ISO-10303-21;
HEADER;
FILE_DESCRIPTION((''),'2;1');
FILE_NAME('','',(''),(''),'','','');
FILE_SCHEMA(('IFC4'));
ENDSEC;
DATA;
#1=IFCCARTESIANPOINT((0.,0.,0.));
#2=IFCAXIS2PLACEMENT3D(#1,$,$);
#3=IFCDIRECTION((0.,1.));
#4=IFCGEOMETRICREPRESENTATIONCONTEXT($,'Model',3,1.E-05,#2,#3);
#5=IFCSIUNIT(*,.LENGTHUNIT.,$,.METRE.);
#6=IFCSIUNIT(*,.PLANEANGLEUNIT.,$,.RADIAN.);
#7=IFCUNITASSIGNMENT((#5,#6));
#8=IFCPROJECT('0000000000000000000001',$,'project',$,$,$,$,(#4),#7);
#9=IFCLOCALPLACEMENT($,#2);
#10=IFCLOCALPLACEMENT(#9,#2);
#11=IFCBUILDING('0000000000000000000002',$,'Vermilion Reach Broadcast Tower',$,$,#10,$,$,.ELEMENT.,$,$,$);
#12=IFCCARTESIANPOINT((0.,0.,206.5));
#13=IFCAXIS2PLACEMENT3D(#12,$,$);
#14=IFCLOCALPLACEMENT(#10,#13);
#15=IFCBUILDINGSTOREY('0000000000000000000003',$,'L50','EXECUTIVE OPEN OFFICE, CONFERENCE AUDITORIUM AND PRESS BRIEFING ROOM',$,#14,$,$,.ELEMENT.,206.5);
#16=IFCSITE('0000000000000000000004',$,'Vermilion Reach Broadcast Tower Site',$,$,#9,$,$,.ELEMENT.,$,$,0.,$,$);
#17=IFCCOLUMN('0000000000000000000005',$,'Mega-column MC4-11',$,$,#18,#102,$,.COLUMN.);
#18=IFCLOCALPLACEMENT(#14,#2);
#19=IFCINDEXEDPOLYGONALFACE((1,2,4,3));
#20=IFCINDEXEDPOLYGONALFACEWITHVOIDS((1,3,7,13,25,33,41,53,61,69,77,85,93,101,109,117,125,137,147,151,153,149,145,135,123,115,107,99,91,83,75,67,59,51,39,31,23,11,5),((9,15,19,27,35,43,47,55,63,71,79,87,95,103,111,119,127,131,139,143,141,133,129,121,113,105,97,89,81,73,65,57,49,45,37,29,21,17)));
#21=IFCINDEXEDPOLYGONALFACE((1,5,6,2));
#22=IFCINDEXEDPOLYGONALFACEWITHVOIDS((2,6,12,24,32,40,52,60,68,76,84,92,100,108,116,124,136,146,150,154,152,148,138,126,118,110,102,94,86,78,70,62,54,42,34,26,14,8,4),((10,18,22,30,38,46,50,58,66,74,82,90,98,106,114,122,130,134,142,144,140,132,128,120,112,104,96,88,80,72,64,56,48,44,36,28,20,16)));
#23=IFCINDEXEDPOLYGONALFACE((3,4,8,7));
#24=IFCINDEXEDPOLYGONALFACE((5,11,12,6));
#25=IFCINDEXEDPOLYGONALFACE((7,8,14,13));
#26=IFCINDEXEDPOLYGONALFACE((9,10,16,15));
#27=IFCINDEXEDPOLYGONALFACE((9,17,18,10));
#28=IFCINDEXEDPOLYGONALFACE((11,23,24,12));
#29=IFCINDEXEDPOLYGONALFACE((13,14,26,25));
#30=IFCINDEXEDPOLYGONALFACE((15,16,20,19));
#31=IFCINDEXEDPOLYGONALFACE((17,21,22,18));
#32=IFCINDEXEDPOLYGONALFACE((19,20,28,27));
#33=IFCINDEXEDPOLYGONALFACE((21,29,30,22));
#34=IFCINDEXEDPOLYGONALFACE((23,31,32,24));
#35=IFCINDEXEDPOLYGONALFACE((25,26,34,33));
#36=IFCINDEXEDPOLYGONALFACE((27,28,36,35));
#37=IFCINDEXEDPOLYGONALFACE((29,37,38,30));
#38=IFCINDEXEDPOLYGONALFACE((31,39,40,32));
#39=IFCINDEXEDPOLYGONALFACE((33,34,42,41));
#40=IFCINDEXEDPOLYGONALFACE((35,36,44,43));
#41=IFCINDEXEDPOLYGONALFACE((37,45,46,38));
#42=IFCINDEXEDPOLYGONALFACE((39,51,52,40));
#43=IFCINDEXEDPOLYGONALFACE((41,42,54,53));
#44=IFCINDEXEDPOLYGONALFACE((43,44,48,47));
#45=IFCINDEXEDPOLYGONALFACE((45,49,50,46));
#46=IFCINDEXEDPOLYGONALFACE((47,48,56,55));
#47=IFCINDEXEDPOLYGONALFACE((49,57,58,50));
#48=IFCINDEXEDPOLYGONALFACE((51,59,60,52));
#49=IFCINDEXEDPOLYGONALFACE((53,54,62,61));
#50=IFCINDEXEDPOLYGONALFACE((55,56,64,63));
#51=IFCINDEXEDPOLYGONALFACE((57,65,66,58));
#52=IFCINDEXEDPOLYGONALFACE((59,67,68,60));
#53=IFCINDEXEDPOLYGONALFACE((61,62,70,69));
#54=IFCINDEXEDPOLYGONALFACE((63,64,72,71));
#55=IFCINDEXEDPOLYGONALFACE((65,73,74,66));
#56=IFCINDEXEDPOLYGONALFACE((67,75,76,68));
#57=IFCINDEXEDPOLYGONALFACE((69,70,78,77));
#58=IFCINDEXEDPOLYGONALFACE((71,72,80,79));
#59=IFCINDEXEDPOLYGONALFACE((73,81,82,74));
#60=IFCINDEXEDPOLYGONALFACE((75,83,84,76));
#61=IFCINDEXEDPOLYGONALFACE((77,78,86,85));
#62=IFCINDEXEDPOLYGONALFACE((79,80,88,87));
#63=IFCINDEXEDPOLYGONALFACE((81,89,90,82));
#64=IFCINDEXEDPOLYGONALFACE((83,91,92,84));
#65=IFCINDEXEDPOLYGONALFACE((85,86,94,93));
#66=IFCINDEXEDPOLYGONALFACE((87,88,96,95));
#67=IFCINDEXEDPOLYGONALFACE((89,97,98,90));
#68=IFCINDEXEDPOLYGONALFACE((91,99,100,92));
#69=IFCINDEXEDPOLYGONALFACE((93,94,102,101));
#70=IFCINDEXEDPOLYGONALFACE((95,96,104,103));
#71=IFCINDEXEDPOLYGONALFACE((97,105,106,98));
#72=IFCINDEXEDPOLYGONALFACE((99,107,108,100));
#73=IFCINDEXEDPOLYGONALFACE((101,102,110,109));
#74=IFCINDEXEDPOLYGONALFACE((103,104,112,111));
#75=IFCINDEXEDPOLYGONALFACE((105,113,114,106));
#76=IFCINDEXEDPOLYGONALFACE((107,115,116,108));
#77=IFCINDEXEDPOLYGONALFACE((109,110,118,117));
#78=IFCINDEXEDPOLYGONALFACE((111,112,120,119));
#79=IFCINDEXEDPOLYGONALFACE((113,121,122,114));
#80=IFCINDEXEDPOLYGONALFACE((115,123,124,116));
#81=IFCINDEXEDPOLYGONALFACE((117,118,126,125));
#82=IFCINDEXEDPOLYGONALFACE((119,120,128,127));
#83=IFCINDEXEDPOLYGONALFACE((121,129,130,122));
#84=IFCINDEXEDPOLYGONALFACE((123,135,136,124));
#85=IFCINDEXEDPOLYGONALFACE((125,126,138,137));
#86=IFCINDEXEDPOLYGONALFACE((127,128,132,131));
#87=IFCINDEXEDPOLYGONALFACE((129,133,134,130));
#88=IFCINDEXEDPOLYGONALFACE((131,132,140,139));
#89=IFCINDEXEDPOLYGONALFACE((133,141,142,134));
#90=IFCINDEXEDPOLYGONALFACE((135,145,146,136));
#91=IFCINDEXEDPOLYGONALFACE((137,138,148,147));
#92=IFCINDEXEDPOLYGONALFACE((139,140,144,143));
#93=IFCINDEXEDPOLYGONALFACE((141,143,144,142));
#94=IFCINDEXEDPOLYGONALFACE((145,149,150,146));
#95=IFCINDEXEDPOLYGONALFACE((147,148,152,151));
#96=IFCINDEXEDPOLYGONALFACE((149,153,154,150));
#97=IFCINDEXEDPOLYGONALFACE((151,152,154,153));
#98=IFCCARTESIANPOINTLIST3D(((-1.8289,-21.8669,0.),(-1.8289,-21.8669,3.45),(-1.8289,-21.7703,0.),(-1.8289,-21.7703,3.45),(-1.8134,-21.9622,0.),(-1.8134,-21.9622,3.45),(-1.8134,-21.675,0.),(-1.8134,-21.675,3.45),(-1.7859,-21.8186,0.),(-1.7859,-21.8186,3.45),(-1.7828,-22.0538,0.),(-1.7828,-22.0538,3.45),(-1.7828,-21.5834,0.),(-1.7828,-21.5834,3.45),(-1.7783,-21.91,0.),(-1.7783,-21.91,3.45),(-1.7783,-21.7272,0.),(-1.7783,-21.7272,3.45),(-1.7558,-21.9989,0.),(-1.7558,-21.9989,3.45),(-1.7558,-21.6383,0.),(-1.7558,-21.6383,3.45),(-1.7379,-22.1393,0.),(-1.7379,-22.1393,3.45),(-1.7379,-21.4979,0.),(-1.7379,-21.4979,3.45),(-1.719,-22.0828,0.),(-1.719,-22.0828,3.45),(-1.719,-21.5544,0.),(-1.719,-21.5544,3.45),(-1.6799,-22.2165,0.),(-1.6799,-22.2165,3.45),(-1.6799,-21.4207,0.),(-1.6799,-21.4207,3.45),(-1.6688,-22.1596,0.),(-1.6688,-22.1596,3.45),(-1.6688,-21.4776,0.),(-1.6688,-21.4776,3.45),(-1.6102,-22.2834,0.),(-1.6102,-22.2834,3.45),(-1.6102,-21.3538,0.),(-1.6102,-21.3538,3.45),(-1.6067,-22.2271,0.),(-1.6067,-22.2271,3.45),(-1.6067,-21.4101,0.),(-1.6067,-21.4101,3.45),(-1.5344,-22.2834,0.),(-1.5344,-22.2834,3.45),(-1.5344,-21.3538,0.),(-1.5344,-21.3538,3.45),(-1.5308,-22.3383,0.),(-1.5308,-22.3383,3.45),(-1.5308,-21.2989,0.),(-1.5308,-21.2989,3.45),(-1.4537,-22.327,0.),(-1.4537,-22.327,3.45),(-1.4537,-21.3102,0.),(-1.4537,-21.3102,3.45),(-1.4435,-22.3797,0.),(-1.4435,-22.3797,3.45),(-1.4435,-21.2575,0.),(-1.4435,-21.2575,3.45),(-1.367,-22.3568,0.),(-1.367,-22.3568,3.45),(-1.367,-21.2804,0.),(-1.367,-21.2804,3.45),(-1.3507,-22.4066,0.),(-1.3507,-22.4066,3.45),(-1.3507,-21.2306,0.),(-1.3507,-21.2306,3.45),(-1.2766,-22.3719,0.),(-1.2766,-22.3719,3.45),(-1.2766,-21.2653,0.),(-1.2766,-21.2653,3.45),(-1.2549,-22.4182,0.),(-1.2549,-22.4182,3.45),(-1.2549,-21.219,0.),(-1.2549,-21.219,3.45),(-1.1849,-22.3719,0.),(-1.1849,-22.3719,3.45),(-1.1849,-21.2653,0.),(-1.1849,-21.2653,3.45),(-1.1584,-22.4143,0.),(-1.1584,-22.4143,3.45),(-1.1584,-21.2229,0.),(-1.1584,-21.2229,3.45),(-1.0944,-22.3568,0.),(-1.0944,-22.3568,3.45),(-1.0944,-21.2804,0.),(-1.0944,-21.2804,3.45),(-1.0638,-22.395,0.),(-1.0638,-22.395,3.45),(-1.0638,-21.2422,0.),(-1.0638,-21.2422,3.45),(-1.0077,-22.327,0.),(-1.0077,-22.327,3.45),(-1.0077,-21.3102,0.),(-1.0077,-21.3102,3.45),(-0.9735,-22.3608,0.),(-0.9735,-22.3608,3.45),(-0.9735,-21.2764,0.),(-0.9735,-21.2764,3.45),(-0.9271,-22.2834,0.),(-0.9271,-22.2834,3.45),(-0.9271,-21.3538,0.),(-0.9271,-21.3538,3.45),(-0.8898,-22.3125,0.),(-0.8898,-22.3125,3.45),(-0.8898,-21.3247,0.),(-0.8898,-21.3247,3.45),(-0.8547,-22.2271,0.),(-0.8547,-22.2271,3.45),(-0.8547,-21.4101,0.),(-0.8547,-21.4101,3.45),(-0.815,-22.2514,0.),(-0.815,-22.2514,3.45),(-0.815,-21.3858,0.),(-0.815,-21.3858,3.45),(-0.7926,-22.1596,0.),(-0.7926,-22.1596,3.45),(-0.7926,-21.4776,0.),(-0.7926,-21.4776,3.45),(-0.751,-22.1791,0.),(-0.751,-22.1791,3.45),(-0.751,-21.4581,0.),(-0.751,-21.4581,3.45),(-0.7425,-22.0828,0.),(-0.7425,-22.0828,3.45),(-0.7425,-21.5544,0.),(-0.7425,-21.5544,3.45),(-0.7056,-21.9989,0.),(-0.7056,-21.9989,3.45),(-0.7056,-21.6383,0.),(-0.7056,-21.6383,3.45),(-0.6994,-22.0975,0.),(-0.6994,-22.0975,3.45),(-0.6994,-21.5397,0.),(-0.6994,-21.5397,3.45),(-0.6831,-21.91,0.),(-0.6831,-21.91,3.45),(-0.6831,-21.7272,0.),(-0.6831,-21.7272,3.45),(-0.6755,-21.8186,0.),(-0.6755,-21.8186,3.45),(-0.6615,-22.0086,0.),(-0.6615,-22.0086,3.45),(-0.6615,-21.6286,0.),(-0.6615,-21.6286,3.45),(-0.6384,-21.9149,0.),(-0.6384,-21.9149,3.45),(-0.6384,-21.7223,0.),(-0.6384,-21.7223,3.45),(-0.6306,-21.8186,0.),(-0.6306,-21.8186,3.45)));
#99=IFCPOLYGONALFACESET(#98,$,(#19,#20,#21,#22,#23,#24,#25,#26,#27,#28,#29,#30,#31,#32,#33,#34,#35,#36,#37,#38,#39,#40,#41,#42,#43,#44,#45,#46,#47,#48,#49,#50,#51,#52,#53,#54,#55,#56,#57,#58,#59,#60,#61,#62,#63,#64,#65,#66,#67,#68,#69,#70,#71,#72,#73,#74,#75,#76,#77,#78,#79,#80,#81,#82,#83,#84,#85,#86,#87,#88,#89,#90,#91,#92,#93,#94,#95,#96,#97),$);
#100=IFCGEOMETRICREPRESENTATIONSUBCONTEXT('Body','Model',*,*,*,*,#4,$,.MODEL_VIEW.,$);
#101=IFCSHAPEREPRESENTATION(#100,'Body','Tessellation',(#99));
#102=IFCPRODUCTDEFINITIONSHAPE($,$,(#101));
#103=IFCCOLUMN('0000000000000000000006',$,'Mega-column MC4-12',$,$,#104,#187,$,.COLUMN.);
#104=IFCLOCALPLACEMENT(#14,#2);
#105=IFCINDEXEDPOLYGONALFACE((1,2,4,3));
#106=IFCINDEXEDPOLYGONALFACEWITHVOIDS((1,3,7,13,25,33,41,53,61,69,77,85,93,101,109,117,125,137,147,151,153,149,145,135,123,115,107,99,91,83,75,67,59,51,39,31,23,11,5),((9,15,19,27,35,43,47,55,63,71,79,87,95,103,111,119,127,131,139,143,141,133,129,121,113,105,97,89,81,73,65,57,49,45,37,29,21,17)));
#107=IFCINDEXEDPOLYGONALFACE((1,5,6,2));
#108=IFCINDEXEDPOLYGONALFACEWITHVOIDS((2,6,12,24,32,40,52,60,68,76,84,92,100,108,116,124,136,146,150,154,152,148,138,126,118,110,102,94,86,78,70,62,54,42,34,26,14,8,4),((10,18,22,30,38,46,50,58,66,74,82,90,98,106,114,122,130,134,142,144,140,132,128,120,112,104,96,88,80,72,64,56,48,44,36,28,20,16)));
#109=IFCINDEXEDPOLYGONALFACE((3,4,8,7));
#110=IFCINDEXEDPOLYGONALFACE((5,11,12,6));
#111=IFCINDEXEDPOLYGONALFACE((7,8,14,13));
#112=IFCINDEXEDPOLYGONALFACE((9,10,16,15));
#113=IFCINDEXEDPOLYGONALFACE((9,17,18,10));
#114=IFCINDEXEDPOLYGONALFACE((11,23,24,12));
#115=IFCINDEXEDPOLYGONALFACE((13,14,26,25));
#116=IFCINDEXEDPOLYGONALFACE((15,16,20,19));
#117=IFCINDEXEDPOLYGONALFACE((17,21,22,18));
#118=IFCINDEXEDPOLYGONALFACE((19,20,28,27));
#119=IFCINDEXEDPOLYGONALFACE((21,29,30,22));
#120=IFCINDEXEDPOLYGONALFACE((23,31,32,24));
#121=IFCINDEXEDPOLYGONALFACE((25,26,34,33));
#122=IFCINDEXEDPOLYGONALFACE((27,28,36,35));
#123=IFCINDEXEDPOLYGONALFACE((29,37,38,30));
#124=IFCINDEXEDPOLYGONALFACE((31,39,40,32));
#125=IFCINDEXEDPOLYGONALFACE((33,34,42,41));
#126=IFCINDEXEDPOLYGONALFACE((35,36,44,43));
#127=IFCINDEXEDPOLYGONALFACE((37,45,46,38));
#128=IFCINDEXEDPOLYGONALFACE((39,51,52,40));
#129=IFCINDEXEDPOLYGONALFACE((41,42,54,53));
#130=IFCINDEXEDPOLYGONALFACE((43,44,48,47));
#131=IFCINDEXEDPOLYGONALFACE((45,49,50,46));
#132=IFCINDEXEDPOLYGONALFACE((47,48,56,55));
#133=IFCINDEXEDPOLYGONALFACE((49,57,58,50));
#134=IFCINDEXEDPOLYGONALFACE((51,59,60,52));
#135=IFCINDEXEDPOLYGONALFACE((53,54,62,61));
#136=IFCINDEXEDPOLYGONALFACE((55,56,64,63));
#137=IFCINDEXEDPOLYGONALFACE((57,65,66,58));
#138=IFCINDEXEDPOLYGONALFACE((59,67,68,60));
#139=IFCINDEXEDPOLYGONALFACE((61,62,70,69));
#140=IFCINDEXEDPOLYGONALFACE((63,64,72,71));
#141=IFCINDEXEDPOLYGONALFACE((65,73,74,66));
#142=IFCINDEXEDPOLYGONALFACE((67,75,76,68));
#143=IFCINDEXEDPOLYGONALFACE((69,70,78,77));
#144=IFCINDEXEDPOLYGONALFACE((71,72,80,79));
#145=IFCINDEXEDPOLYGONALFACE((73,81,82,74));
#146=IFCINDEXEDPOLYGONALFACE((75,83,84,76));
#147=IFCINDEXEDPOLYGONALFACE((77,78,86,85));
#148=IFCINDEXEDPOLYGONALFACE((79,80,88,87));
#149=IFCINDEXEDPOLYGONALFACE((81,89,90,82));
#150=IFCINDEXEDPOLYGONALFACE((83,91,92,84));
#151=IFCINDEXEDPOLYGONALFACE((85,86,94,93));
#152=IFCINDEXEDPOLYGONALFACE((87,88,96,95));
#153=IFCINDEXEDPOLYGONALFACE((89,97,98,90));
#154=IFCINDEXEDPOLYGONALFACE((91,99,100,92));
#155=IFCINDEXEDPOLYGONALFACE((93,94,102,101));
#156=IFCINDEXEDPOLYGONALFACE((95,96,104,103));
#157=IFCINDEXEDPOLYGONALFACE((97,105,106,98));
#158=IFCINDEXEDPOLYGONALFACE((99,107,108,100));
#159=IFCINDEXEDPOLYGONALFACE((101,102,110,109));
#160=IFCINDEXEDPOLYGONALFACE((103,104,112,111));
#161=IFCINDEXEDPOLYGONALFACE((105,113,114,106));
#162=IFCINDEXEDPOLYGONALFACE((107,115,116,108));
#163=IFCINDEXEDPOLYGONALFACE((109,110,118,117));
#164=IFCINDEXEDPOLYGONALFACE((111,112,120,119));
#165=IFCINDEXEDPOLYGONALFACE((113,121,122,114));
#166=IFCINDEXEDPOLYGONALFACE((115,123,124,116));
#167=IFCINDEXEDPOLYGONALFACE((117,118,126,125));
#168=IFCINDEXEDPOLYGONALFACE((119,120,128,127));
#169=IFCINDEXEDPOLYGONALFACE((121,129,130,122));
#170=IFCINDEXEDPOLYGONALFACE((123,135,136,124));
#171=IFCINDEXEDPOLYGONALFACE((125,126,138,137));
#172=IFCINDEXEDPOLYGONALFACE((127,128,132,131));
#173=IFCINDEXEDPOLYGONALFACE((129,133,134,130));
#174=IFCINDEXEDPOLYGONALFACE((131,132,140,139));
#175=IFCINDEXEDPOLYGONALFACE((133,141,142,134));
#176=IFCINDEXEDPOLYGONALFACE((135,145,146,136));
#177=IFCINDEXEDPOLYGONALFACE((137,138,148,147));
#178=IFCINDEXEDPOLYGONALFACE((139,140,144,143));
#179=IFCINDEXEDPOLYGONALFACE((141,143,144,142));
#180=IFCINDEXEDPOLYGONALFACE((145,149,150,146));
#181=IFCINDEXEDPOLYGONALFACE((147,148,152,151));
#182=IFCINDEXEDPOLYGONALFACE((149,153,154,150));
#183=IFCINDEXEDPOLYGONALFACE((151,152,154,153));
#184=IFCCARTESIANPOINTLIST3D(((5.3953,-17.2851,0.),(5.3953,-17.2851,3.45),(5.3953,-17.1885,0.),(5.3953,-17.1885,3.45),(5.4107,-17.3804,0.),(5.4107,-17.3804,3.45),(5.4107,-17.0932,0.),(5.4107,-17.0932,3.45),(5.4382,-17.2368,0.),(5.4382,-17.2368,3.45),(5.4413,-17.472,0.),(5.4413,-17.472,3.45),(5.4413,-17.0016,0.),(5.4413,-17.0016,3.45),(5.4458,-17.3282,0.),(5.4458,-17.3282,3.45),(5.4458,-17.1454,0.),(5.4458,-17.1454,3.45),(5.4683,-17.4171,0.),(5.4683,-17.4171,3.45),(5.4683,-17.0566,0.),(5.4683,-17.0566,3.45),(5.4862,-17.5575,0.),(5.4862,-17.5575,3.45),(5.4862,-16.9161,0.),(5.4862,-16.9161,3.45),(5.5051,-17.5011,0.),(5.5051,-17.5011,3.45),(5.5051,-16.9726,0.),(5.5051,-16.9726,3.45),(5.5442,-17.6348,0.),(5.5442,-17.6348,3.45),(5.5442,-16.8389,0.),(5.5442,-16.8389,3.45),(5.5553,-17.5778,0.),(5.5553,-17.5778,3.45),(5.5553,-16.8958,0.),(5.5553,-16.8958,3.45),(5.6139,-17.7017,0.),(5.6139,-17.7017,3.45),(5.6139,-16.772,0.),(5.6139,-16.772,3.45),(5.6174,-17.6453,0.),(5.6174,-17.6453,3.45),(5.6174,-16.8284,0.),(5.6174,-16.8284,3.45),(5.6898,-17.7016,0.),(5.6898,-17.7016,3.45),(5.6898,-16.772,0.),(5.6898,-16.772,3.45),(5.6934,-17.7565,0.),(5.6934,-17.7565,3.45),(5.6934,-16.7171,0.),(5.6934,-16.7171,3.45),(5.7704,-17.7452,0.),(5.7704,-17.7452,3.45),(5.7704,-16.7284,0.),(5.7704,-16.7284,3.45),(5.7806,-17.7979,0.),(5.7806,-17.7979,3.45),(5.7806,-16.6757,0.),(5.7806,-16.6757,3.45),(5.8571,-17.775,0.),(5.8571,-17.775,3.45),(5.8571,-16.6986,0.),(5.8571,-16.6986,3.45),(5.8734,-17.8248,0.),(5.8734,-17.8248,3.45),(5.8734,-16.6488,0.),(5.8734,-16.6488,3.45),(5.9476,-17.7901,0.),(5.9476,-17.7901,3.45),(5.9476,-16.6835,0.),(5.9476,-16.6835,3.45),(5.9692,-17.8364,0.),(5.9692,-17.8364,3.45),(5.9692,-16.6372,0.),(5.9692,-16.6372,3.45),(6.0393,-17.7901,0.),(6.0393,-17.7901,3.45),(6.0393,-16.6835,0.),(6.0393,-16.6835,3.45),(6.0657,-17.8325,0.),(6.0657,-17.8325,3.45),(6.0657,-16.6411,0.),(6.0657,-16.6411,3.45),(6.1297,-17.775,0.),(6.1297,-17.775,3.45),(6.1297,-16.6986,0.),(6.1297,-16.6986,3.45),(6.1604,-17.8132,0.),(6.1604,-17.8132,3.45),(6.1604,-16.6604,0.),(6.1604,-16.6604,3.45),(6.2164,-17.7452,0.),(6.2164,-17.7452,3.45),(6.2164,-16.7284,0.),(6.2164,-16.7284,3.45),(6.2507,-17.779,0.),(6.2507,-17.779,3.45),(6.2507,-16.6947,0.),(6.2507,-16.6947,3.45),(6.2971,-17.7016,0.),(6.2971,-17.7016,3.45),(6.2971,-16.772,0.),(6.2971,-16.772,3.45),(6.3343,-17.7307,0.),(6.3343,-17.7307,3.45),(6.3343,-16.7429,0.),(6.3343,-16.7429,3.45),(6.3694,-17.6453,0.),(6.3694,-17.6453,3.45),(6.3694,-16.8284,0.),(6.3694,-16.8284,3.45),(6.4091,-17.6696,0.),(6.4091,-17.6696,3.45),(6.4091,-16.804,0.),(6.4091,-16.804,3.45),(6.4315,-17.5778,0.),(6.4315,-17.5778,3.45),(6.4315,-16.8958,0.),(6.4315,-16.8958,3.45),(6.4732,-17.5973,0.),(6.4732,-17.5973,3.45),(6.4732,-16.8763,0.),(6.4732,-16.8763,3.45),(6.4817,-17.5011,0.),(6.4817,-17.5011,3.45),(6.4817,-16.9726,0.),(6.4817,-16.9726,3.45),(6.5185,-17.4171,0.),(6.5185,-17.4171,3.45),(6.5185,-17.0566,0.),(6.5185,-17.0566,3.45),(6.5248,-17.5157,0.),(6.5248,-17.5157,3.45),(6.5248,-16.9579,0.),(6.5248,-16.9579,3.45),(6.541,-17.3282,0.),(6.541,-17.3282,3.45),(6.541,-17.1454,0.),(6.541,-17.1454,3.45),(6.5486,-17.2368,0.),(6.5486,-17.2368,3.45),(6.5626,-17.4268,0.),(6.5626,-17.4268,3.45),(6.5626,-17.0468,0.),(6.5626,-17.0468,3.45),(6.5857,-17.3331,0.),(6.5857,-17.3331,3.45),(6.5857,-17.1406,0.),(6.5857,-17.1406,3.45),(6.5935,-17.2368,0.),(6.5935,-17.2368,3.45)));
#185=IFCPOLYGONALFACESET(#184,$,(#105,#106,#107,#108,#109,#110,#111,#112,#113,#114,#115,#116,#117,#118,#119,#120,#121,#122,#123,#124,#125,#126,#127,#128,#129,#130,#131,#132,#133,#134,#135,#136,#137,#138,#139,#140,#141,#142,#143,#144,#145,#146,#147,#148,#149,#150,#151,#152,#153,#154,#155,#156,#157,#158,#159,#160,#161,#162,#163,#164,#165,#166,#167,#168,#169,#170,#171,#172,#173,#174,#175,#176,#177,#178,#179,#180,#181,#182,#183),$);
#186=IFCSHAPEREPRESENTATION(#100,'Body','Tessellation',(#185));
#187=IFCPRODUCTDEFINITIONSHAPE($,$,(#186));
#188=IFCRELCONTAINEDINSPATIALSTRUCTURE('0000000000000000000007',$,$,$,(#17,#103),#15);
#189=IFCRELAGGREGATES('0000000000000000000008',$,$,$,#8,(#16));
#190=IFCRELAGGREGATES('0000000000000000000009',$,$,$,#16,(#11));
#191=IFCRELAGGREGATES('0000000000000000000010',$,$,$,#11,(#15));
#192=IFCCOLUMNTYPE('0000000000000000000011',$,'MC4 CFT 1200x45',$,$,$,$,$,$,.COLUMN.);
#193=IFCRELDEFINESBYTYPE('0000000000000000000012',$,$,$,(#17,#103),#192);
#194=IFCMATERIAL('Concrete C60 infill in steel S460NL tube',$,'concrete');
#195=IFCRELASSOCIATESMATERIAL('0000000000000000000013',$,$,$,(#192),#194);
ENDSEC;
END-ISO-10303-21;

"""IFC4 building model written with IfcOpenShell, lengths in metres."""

from ifc_helpers import new_model, si_unit, direction, frame, origin, origin_2d, place, context, subcontext, project, spatial, hollow_circle, extrude, material, material_profile, profile_set, type_object, element, save


model = new_model("IFC4")

# Units and contexts
model_context = context("Model", 3, precision=1e-05, world=origin(), true_north=direction((0.0, 1.0)))
body_context = subcontext(model_context, "Body", "Model", "MODEL_VIEW")
ifc_project = project(units=[si_unit("LENGTHUNIT", "METRE"), si_unit("PLANEANGLEUNIT", "RADIAN")], contexts=[model_context])

# Site, building, storey
site_placement = place(None, origin())
site = spatial("IfcSite", under=ifc_project, at=site_placement, Name="Vermilion Reach Broadcast Tower Site", CompositionType="ELEMENT", RefElevation=0.0)
building_placement = place(site_placement, origin())
building = spatial("IfcBuilding", under=site, at=building_placement, Name="Vermilion Reach Broadcast Tower", CompositionType="ELEMENT")
storey_placement = place(building_placement, frame((0.0, 0.0, 206.5)))
storey = spatial("IfcBuildingStorey", under=building, at=storey_placement, Name="L50", Description="EXECUTIVE OPEN OFFICE, CONFERENCE AUDITORIUM AND PRESS BRIEFING ROOM", CompositionType="ELEMENT", Elevation=206.5)

# Columns
ifc_material_1 = material(Name="Concrete C60 infill in steel S460NL tube", Category="concrete")
ifc_material_profile_1 = material_profile(ifc_material_1, hollow_circle(Radius=0.6001, WallThickness=0.0449, at=origin_2d()), Name="Concrete C60 infill in steel S460NL tube CFT 1200x45")
ifc_profile_set_1 = profile_set([ifc_material_profile_1], Name="Concrete C60 infill in steel S460NL tube")
column_type = type_object("IfcColumnType", Name="MC4 CFT 1200x45", PredefinedType="COLUMN", material=ifc_profile_set_1)
for number, where, z_axis, x_axis, name in (
    (1, (-1.2307, -21.8186, 0.0), (0.0, 0.0, 1.0), (1.0, 0.0, 0.0), "Mega-column MC4-11"),
    (2, (5.9934, -17.2368, 0.0), (0.0, 0.0, 1.0), (1.0, 0.0, 0.0), "Mega-column MC4-12"),
):
    element("IfcColumn", number, at=place(storey_placement, frame(where, z_axis=z_axis, x_axis=x_axis)), inside=storey, type_object=column_type, Name=name, PredefinedType="COLUMN", context=body_context, shape_type="SweptSolid", body=[
        extrude(hollow_circle(Radius=0.6001, WallThickness=0.0449, at=origin_2d()), origin(), (0.0, 0.0, 1.0), 3.45),
    ])

save(model, "model.ifc")
